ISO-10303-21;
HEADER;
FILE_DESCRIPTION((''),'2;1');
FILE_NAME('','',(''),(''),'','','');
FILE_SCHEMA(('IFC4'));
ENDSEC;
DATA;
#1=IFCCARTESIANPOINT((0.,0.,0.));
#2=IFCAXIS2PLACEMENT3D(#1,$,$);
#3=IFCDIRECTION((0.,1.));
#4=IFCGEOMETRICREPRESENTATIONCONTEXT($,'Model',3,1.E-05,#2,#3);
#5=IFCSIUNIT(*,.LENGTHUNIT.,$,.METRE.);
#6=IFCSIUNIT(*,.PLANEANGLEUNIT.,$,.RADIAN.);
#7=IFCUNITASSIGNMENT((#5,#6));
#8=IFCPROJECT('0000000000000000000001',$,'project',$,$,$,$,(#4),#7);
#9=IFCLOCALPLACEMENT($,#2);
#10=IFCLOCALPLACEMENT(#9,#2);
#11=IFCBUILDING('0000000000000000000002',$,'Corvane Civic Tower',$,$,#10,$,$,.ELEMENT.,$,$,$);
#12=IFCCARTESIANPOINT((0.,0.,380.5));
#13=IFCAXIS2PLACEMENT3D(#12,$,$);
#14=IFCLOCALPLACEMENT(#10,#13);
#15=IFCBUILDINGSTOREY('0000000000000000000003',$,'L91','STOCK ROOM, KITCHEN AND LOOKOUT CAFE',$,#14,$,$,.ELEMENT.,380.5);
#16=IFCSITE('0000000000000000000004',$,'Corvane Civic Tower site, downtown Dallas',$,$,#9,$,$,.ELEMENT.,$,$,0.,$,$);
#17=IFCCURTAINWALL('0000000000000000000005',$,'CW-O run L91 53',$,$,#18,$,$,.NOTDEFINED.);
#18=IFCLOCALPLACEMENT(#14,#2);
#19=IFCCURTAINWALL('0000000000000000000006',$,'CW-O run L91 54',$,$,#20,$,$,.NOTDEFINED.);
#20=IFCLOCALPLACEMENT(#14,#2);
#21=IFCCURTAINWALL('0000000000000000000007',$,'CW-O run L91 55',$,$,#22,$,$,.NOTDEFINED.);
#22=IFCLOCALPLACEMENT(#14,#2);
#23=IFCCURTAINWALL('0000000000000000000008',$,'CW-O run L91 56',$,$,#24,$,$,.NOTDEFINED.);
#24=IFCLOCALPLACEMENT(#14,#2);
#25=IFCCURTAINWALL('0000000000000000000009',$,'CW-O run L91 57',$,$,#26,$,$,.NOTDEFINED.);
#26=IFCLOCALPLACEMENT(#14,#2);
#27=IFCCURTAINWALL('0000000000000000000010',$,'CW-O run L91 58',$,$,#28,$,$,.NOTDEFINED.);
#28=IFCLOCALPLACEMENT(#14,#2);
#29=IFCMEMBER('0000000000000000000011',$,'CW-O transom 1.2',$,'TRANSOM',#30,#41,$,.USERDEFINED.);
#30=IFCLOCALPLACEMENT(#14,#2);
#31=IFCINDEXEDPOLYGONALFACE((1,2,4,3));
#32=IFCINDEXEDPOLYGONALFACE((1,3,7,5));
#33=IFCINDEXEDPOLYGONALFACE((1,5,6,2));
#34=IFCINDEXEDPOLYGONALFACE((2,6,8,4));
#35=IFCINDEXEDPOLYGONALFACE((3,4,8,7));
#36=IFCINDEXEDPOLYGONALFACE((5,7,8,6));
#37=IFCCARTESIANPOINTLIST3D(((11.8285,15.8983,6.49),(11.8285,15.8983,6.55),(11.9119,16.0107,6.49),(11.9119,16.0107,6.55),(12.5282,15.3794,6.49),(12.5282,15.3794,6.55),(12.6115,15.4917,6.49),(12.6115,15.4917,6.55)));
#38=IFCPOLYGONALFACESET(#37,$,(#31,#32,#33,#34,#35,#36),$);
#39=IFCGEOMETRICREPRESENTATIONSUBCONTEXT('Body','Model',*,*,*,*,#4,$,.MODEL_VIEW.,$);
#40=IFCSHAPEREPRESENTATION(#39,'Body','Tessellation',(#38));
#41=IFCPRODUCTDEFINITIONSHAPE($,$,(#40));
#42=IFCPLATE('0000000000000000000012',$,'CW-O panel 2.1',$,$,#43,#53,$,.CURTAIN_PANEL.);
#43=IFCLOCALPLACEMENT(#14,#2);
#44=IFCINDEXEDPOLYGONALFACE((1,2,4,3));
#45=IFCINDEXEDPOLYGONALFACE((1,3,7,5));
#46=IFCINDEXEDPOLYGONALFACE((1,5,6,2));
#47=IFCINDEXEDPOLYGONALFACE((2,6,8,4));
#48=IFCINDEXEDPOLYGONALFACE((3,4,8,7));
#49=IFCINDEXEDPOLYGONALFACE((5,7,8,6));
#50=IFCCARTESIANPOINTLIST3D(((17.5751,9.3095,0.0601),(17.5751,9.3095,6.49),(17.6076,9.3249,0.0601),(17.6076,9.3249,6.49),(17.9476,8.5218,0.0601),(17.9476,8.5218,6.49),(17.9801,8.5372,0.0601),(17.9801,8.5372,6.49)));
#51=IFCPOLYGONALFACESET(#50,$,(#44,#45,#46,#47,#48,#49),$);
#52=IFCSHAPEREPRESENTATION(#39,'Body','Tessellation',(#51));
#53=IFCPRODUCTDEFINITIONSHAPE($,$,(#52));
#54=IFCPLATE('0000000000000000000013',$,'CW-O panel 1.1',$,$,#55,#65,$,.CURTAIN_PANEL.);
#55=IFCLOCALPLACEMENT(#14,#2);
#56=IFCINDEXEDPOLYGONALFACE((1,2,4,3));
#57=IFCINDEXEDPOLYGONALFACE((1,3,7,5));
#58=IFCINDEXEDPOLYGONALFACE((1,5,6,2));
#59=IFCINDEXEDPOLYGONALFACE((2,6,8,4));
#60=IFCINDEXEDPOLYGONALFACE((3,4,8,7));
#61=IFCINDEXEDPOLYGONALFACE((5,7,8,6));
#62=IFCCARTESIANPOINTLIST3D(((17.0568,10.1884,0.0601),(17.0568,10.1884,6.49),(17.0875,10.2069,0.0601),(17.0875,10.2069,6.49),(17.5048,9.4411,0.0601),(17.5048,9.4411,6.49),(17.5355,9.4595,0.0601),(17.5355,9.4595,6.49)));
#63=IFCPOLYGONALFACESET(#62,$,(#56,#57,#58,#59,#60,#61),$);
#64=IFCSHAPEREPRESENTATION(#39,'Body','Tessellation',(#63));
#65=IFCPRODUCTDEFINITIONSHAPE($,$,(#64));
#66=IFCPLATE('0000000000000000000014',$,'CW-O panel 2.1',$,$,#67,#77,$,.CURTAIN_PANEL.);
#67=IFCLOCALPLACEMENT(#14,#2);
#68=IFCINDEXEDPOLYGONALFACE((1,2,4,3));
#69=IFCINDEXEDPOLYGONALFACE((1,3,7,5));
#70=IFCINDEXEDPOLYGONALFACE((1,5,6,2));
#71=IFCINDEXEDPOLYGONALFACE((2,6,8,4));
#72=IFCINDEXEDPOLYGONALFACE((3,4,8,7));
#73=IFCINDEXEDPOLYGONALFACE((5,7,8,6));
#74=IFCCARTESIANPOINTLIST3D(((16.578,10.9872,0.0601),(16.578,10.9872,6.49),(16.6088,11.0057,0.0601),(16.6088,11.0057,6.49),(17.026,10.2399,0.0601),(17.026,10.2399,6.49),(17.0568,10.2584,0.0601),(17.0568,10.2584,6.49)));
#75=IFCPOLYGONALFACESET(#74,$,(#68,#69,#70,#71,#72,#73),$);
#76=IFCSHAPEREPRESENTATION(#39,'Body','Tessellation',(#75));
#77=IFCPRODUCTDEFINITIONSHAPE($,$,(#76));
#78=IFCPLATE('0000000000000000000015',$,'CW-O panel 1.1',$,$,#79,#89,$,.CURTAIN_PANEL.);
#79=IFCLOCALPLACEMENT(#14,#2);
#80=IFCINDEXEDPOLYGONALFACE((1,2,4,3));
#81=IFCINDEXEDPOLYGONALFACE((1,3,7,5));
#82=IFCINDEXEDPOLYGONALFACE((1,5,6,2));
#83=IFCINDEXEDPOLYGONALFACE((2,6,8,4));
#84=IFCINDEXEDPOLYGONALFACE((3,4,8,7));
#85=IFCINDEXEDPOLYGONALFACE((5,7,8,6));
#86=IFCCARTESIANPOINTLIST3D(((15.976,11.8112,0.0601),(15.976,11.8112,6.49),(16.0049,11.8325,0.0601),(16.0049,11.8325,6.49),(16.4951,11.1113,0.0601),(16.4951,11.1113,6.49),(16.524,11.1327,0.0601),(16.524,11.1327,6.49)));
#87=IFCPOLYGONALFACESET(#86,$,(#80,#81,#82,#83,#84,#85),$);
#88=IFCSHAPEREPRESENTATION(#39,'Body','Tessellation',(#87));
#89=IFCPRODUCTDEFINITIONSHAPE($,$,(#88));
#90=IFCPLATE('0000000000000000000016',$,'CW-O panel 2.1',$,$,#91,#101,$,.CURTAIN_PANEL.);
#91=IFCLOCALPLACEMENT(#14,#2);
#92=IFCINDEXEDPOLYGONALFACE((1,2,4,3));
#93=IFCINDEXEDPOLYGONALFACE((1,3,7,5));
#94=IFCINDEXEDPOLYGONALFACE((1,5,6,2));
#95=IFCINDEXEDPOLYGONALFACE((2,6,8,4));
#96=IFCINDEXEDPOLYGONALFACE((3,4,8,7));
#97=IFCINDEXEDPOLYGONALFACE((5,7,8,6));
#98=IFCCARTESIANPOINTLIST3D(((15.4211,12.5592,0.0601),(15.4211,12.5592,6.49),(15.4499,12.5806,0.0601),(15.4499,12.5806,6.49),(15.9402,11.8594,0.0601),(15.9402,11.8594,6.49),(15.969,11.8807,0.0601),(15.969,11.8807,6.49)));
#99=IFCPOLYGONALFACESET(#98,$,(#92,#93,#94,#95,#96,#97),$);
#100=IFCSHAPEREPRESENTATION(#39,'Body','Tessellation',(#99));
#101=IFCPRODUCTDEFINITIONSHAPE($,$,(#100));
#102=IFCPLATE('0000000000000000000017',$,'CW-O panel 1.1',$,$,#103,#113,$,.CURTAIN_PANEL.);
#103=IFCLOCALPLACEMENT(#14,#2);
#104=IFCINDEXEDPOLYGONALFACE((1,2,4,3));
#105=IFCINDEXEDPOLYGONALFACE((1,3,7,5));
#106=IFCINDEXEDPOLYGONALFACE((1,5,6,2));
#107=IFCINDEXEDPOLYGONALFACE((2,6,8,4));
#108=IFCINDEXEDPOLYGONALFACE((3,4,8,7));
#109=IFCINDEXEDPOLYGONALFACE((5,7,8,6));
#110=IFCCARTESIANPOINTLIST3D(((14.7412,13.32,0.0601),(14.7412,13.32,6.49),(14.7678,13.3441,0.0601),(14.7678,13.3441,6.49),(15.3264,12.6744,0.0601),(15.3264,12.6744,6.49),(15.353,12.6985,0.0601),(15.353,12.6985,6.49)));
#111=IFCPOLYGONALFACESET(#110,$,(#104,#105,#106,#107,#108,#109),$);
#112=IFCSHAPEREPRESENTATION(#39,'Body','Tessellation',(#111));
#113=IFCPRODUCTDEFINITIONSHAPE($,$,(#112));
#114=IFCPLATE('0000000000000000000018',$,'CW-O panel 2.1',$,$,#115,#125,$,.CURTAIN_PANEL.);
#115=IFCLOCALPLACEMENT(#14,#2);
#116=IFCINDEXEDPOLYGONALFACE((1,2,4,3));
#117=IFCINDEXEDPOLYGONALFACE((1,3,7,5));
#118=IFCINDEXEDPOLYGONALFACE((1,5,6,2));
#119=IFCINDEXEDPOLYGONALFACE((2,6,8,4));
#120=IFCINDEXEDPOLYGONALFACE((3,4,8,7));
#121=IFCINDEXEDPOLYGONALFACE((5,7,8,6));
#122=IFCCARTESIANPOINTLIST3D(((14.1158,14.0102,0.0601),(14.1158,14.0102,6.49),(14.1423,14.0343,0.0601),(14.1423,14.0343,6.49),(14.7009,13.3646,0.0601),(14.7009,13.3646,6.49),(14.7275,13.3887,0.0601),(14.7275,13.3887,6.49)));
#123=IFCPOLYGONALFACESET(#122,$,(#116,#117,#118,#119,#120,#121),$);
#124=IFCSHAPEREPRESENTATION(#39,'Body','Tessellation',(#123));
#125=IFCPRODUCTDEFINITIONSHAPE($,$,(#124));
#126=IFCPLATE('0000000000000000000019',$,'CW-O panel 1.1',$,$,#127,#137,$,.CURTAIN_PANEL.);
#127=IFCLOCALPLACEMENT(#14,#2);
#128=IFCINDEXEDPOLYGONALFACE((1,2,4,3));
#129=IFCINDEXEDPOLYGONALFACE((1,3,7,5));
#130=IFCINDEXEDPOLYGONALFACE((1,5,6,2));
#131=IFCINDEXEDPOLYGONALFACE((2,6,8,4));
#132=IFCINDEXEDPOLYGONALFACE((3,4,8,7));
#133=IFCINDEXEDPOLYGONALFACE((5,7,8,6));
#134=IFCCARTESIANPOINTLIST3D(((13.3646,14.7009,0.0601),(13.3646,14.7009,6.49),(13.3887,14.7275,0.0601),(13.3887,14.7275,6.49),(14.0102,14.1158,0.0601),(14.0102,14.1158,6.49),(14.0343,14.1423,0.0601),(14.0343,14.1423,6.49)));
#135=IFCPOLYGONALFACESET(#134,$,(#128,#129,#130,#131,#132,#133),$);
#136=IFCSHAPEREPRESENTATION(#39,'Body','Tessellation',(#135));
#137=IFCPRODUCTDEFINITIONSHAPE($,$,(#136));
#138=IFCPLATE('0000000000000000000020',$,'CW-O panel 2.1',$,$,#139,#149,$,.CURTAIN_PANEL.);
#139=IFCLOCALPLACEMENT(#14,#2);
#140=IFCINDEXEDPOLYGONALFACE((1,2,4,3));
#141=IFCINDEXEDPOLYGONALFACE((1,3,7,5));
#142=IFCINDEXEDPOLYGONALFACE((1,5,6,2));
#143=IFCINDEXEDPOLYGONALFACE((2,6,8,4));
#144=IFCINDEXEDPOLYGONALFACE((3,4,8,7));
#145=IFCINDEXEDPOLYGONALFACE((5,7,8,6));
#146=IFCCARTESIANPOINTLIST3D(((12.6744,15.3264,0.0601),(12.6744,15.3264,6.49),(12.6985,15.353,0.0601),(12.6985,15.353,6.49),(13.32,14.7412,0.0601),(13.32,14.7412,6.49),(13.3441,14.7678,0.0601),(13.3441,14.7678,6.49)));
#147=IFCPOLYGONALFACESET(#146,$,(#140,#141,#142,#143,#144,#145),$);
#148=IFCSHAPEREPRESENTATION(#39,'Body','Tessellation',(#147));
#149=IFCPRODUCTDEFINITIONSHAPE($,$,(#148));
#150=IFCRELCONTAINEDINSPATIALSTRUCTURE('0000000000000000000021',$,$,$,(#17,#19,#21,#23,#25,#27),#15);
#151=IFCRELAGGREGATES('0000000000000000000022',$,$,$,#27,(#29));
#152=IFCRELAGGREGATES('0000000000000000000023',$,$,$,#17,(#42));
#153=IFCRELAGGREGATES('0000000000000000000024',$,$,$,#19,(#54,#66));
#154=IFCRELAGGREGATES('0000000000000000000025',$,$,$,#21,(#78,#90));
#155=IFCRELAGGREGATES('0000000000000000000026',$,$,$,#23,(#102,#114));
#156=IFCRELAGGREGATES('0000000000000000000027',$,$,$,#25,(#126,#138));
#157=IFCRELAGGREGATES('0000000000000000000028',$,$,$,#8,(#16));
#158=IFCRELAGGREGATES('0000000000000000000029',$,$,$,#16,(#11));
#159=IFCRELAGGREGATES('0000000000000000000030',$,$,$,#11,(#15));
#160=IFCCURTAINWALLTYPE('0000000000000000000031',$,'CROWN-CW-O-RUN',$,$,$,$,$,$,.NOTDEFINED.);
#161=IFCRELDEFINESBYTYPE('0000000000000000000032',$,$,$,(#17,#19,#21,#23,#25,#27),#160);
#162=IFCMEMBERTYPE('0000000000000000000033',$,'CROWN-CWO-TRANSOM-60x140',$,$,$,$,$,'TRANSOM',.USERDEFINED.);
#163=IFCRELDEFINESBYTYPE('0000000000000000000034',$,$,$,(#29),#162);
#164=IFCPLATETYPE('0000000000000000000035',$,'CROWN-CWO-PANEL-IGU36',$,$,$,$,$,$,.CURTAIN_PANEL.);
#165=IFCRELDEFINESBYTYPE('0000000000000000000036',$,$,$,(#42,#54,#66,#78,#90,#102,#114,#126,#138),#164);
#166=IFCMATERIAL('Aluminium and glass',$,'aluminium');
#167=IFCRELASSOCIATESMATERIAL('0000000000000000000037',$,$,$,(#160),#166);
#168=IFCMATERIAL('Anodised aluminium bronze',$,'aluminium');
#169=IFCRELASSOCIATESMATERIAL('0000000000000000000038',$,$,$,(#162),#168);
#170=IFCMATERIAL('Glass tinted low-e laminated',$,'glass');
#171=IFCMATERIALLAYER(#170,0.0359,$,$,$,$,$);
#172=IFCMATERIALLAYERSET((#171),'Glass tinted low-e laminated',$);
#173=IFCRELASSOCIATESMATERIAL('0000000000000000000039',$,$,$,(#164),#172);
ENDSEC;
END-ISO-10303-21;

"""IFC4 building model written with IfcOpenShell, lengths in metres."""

from ifc_helpers import new_model, si_unit, direction, frame, origin, origin_2d, place, context, subcontext, project, spatial, rectangle, extrude, material, layer, layer_set, material_profile, profile_set, type_object, element, aggregate, save


model = new_model("IFC4")

# Units and contexts
model_context = context("Model", 3, precision=1e-05, world=origin(), true_north=direction((0.0, 1.0)))
body_context = subcontext(model_context, "Body", "Model", "MODEL_VIEW")
ifc_project = project(units=[si_unit("LENGTHUNIT", "METRE"), si_unit("PLANEANGLEUNIT", "RADIAN")], contexts=[model_context])

# Site, building, storey
site_placement = place(None, origin())
site = spatial("IfcSite", under=ifc_project, at=site_placement, Name="Corvane Civic Tower site, downtown Dallas", CompositionType="ELEMENT", RefElevation=0.0)
building_placement = place(site_placement, origin())
building = spatial("IfcBuilding", under=site, at=building_placement, Name="Corvane Civic Tower", CompositionType="ELEMENT")
storey_placement = place(building_placement, frame((0.0, 0.0, 380.5)))
storey = spatial("IfcBuildingStorey", under=building, at=storey_placement, Name="L91", Description="STOCK ROOM, KITCHEN AND LOOKOUT CAFE", CompositionType="ELEMENT", Elevation=380.5)

# Curtain wall
ifc_material_1 = material(Name="Aluminium and glass", Category="aluminium")
curtain_wall_type = type_object("IfcCurtainWallType", Name="CROWN-CW-O-RUN", PredefinedType="NOTDEFINED", material=ifc_material_1)
curtain_wall_1_placement = place(storey_placement, origin())
curtain_wall_1 = element("IfcCurtainWall", 1, at=curtain_wall_1_placement, inside=storey, type_object=curtain_wall_type, Name="CW-O run L91 53", PredefinedType="NOTDEFINED")
ifc_material_2 = material(Name="Anodised aluminium bronze", Category="aluminium")
ifc_material_profile = material_profile(ifc_material_2, rectangle(XDim=0.1399, YDim=0.0601, at=origin_2d()), Name="AL 140x60")
ifc_profile_set = profile_set([ifc_material_profile], Name="Anodised aluminium bronze")
member_type = type_object("IfcMemberType", Name="CROWN-CWO-TRANSOM-60x140", ElementType="TRANSOM", PredefinedType="USERDEFINED", material=ifc_profile_set)

# Curtain walls, member
curtain_wall_2_placement = place(storey_placement, origin())
curtain_wall_2 = element("IfcCurtainWall", 2, at=curtain_wall_2_placement, inside=storey, type_object=curtain_wall_type, Name="CW-O run L91 54", PredefinedType="NOTDEFINED")
curtain_wall_3_placement = place(storey_placement, origin())
curtain_wall_3 = element("IfcCurtainWall", 3, at=curtain_wall_3_placement, inside=storey, type_object=curtain_wall_type, Name="CW-O run L91 55", PredefinedType="NOTDEFINED")
curtain_wall_4_placement = place(storey_placement, origin())
curtain_wall_4 = element("IfcCurtainWall", 4, at=curtain_wall_4_placement, inside=storey, type_object=curtain_wall_type, Name="CW-O run L91 56", PredefinedType="NOTDEFINED")
curtain_wall_5_placement = place(storey_placement, origin())
curtain_wall_5 = element("IfcCurtainWall", 5, at=curtain_wall_5_placement, inside=storey, type_object=curtain_wall_type, Name="CW-O run L91 57", PredefinedType="NOTDEFINED")
curtain_wall_6_placement = place(storey_placement, origin())
curtain_wall_6 = element("IfcCurtainWall", 6, at=curtain_wall_6_placement, inside=storey, type_object=curtain_wall_type, Name="CW-O run L91 58", PredefinedType="NOTDEFINED")
member_1_placement = place(storey_placement, frame((12.5698, 15.4355, 6.52), z_axis=(-0.80315, 0.595777, 0.0), x_axis=(-0.595777, -0.80315, 0.0)))
member_1 = element("IfcMember", 7, at=member_1_placement, type_object=member_type, Name="CW-O transom 1.2", ObjectType="TRANSOM", PredefinedType="USERDEFINED", context=body_context, shape_type="SweptSolid", body=[
    extrude(rectangle(XDim=0.1399, YDim=0.0601, at=origin_2d()), origin(), (0.0, 0.0, 1.0), 0.8711),
])
aggregate(curtain_wall_6, [member_1])

# Plates
ifc_material_3 = material(Name="Glass tinted low-e laminated", Category="glass")
ifc_layer = layer(ifc_material_3, 0.0359)
ifc_layer_set = layer_set([ifc_layer], Name="Glass tinted low-e laminated")
plate_type = type_object("IfcPlateType", Name="CROWN-CWO-PANEL-IGU36", PredefinedType="CURTAIN_PANEL", material=ifc_layer_set)
plate_1_placement = place(storey_placement, frame((17.7776, 8.9233, 0.0601), z_axis=(0.0, 0.0, 1.0), x_axis=(-0.427509, 0.904011, 0.0)))
plate_1 = element("IfcPlate", 8, at=plate_1_placement, type_object=plate_type, Name="CW-O panel 2.1", PredefinedType="CURTAIN_PANEL", context=body_context, shape_type="SweptSolid", body=[
    extrude(rectangle(XDim=0.8713, YDim=0.0359, at=origin_2d()), origin(), (0.0, 0.0, 1.0), 6.4299),
])
aggregate(curtain_wall_1, [plate_1])
plate_2_placement = place(storey_placement, frame((17.2961, 9.824, 0.0601), z_axis=(0.0, 0.0, 1.0), x_axis=(-0.514152, 0.857699, 0.0)))
plate_2 = element("IfcPlate", 9, at=plate_2_placement, type_object=plate_type, Name="CW-O panel 1.1", PredefinedType="CURTAIN_PANEL", context=body_context, shape_type="SweptSolid", body=[
    extrude(rectangle(XDim=0.8713, YDim=0.0359, at=origin_2d()), origin(), (0.0, 0.0, 1.0), 6.4299),
])
plate_3_placement = place(storey_placement, frame((16.8174, 10.6228, 0.0601), z_axis=(0.0, 0.0, 1.0), x_axis=(-0.514152, 0.857699, 0.0)))
plate_3 = element("IfcPlate", 10, at=plate_3_placement, type_object=plate_type, Name="CW-O panel 2.1", PredefinedType="CURTAIN_PANEL", context=body_context, shape_type="SweptSolid", body=[
    extrude(rectangle(XDim=0.8713, YDim=0.0359, at=origin_2d()), origin(), (0.0, 0.0, 1.0), 6.4299),
])
aggregate(curtain_wall_2, [plate_2, plate_3])
plate_4_placement = place(storey_placement, frame((16.25, 11.4719, 0.0601), z_axis=(0.0, 0.0, 1.0), x_axis=(-0.595722, 0.80319, 0.0)))
plate_4 = element("IfcPlate", 11, at=plate_4_placement, type_object=plate_type, Name="CW-O panel 1.1", PredefinedType="CURTAIN_PANEL", context=body_context, shape_type="SweptSolid", body=[
    extrude(rectangle(XDim=0.8713, YDim=0.0359, at=origin_2d()), origin(), (0.0, 0.0, 1.0), 6.4299),
])
plate_5_placement = place(storey_placement, frame((15.6951, 12.22, 0.0601), z_axis=(0.0, 0.0, 1.0), x_axis=(-0.595722, 0.80319, 0.0)))
plate_5 = element("IfcPlate", 12, at=plate_5_placement, type_object=plate_type, Name="CW-O panel 2.1", PredefinedType="CURTAIN_PANEL", context=body_context, shape_type="SweptSolid", body=[
    extrude(rectangle(XDim=0.8713, YDim=0.0359, at=origin_2d()), origin(), (0.0, 0.0, 1.0), 6.4299),
])
aggregate(curtain_wall_3, [plate_4, plate_5])
plate_6_placement = place(storey_placement, frame((15.0471, 13.0093, 0.0601), z_axis=(0.0, 0.0, 1.0), x_axis=(-0.671567, 0.740944, 0.0)))
plate_6 = element("IfcPlate", 13, at=plate_6_placement, type_object=plate_type, Name="CW-O panel 1.1", PredefinedType="CURTAIN_PANEL", context=body_context, shape_type="SweptSolid", body=[
    extrude(rectangle(XDim=0.8713, YDim=0.0359, at=origin_2d()), origin(), (0.0, 0.0, 1.0), 6.4299),
])
plate_7_placement = place(storey_placement, frame((14.4216, 13.6995, 0.0601), z_axis=(0.0, 0.0, 1.0), x_axis=(-0.671567, 0.740944, 0.0)))
plate_7 = element("IfcPlate", 14, at=plate_7_placement, type_object=plate_type, Name="CW-O panel 2.1", PredefinedType="CURTAIN_PANEL", context=body_context, shape_type="SweptSolid", body=[
    extrude(rectangle(XDim=0.8713, YDim=0.0359, at=origin_2d()), origin(), (0.0, 0.0, 1.0), 6.4299),
])
aggregate(curtain_wall_4, [plate_6, plate_7])
plate_8_placement = place(storey_placement, frame((13.6995, 14.4216, 0.0601), z_axis=(0.0, 0.0, 1.0), x_axis=(-0.740944, 0.671567, 0.0)))
plate_8 = element("IfcPlate", 15, at=plate_8_placement, type_object=plate_type, Name="CW-O panel 1.1", PredefinedType="CURTAIN_PANEL", context=body_context, shape_type="SweptSolid", body=[
    extrude(rectangle(XDim=0.8713, YDim=0.0359, at=origin_2d()), origin(), (0.0, 0.0, 1.0), 6.4299),
])
plate_9_placement = place(storey_placement, frame((13.0093, 15.0471, 0.0601), z_axis=(0.0, 0.0, 1.0), x_axis=(-0.740944, 0.671567, 0.0)))
plate_9 = element("IfcPlate", 16, at=plate_9_placement, type_object=plate_type, Name="CW-O panel 2.1", PredefinedType="CURTAIN_PANEL", context=body_context, shape_type="SweptSolid", body=[
    extrude(rectangle(XDim=0.8713, YDim=0.0359, at=origin_2d()), origin(), (0.0, 0.0, 1.0), 6.4299),
])
aggregate(curtain_wall_5, [plate_8, plate_9])

save(model, "model.ifc")
